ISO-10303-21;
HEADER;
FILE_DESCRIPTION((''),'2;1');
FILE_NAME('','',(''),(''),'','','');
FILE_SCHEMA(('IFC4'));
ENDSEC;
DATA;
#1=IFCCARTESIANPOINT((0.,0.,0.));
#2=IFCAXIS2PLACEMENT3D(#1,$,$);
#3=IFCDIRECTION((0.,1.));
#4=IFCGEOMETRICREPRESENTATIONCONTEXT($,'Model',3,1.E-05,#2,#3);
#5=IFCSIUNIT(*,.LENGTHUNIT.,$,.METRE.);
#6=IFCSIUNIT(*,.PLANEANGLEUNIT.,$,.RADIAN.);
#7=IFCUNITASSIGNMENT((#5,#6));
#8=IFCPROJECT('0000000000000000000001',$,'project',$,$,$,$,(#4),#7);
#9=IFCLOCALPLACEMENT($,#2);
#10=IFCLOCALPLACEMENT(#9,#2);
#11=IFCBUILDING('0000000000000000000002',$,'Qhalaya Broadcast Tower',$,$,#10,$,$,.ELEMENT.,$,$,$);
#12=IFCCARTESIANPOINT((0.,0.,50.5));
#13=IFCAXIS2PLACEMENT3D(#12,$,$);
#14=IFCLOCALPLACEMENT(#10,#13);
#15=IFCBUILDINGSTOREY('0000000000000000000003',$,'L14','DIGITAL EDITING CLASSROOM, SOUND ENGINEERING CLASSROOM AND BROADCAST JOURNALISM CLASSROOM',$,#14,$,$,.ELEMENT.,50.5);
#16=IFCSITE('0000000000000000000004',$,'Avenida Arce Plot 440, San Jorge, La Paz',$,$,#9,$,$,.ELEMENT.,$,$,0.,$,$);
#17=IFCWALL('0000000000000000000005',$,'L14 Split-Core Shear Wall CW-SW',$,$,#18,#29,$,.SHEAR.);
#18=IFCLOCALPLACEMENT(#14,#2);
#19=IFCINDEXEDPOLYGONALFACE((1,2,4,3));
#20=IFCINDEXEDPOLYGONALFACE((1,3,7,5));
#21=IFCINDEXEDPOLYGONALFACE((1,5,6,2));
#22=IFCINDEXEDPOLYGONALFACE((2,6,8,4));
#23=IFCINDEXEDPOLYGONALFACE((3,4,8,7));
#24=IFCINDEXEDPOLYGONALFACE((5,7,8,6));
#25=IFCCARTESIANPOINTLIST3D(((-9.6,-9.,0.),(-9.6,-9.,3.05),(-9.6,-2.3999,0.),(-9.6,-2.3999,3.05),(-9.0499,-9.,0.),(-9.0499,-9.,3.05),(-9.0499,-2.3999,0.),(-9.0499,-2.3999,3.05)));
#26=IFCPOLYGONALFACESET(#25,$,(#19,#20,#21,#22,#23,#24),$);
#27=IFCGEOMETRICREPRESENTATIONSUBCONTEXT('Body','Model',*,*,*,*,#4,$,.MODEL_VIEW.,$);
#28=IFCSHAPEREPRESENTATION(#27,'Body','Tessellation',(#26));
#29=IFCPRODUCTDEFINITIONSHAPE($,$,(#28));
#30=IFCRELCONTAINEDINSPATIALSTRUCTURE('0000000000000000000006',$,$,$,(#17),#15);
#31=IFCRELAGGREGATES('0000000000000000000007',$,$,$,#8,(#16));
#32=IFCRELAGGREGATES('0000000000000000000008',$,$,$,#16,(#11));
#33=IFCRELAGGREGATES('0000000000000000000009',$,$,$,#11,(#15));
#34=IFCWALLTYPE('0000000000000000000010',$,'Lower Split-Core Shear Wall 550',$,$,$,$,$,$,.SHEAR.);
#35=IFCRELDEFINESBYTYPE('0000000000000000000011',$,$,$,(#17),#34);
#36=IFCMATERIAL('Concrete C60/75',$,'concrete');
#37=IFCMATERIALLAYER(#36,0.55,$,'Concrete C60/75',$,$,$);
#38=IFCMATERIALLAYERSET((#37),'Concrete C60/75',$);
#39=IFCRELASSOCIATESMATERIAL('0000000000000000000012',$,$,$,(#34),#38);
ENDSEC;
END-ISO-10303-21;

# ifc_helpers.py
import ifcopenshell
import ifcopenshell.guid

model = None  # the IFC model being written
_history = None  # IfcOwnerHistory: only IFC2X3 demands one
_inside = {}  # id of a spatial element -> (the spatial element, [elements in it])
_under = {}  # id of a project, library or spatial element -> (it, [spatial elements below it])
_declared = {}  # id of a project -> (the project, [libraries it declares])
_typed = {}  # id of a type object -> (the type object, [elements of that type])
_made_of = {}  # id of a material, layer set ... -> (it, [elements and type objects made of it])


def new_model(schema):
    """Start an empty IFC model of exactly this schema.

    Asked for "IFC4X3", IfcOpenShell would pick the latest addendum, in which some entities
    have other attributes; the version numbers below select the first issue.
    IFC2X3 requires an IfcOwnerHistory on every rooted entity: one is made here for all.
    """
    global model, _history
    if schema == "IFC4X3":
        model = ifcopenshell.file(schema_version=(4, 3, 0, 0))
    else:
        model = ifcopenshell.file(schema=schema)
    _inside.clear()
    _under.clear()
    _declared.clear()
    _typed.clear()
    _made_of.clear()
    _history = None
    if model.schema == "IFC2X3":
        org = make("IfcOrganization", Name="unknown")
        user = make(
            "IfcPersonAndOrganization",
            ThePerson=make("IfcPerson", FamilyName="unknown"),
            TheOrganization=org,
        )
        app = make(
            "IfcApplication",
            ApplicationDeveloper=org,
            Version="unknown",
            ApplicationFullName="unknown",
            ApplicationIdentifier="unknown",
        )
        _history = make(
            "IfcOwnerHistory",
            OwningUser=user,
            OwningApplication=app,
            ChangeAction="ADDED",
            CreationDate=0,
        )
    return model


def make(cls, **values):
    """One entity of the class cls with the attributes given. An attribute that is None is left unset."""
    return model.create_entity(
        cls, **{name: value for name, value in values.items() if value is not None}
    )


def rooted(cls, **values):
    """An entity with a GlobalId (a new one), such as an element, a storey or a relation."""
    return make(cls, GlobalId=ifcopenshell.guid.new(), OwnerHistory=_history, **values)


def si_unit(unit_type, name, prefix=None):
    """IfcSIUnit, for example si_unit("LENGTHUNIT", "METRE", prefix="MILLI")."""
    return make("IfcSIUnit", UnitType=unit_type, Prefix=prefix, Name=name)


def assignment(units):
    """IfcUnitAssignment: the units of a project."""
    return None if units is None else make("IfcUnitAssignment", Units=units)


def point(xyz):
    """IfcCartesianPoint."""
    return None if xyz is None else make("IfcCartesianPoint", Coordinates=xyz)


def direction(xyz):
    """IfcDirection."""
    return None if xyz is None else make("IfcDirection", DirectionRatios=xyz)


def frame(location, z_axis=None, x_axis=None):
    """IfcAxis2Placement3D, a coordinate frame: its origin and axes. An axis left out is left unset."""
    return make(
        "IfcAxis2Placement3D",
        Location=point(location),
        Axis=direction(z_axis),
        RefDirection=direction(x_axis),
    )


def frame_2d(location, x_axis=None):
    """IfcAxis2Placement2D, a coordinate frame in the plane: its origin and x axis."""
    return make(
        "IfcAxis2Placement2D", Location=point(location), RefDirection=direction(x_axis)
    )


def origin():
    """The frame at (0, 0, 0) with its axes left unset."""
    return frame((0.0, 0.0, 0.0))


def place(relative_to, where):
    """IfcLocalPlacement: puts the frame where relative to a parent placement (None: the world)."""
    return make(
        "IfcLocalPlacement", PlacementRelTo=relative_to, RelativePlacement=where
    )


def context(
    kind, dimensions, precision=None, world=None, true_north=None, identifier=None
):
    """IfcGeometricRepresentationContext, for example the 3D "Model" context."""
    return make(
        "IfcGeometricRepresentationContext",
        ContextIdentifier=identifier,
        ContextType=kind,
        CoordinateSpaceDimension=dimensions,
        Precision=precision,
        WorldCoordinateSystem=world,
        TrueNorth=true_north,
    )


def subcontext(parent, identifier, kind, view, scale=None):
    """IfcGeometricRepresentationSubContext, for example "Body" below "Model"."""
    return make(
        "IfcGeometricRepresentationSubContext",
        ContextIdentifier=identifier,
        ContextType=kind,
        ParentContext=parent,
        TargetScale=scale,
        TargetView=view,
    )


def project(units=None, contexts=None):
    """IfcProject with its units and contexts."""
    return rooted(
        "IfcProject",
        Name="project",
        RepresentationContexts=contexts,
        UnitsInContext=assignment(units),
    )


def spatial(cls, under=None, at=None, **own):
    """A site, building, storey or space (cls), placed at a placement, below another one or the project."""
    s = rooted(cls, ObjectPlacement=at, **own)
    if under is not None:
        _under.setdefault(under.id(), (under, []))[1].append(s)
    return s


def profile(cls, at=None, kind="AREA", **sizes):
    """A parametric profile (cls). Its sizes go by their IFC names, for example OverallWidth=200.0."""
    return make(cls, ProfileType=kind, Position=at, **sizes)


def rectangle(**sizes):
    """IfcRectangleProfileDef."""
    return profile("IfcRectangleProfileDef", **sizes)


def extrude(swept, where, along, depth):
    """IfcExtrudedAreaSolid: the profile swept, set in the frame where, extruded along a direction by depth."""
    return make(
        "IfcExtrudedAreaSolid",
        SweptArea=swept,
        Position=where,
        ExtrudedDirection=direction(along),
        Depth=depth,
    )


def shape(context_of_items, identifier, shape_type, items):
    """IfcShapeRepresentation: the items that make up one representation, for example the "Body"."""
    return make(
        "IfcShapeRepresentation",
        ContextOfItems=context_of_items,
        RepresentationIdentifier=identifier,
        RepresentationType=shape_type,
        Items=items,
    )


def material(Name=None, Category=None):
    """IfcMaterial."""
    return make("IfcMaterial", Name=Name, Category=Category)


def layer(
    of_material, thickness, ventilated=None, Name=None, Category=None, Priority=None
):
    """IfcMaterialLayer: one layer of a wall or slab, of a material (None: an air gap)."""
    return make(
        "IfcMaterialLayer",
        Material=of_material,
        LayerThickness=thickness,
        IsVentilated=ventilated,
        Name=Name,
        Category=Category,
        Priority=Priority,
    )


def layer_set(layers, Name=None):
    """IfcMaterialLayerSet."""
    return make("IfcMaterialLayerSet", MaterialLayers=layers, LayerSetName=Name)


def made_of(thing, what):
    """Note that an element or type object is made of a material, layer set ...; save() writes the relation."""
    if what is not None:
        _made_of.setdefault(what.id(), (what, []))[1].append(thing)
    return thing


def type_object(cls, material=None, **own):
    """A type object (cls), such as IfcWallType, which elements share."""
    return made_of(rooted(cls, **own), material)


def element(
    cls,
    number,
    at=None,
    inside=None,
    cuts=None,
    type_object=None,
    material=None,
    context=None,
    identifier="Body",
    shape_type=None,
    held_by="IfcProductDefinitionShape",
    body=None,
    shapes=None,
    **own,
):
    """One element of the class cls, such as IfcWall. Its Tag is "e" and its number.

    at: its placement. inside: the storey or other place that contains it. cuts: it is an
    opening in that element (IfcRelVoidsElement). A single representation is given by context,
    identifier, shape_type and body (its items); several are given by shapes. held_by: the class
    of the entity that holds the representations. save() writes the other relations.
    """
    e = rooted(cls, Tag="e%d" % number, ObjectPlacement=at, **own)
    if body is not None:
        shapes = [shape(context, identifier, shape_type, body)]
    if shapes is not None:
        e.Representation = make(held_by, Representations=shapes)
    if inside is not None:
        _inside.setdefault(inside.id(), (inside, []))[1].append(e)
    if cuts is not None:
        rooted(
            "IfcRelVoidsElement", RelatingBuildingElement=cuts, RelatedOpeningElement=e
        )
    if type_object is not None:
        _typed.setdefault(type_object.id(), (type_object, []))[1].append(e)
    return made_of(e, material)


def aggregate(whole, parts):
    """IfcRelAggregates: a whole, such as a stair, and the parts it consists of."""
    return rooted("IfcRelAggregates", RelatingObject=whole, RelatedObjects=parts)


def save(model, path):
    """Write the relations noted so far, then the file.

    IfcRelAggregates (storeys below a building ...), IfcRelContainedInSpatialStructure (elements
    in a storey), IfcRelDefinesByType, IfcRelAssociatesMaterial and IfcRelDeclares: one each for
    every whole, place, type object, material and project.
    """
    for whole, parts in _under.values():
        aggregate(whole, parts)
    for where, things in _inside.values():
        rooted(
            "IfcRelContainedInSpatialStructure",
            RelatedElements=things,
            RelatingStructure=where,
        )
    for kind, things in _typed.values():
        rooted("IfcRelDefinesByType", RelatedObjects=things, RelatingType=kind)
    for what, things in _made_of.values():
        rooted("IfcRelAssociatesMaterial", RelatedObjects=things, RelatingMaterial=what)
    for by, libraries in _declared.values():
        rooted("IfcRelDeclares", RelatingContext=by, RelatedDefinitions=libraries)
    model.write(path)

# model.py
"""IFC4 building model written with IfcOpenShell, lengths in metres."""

from ifc_helpers import new_model, si_unit, direction, frame, frame_2d, origin, place, context, subcontext, project, spatial, rectangle, extrude, material, layer, layer_set, type_object, element, save


model = new_model("IFC4")

# Units and contexts
model_context = context("Model", 3, precision=1e-05, world=origin(), true_north=direction((0.0, 1.0)))
body_context = subcontext(model_context, "Body", "Model", "MODEL_VIEW")
ifc_project = project(units=[si_unit("LENGTHUNIT", "METRE"), si_unit("PLANEANGLEUNIT", "RADIAN")], contexts=[model_context])

# Site, building, storey
site_placement = place(None, origin())
site = spatial("IfcSite", under=ifc_project, at=site_placement, Name="Avenida Arce Plot 440, San Jorge, La Paz", CompositionType="ELEMENT", RefElevation=0.0)
building_placement = place(site_placement, origin())
building = spatial("IfcBuilding", under=site, at=building_placement, Name="Qhalaya Broadcast Tower", CompositionType="ELEMENT")
storey_placement = place(building_placement, frame((0.0, 0.0, 50.5)))
storey = spatial("IfcBuildingStorey", under=building, at=storey_placement, Name="L14", Description="DIGITAL EDITING CLASSROOM, SOUND ENGINEERING CLASSROOM AND BROADCAST JOURNALISM CLASSROOM", CompositionType="ELEMENT", Elevation=50.5)

# Wall
ifc_material_1 = material(Name="Concrete C60/75", Category="concrete")
ifc_layer_1 = layer(ifc_material_1, 0.55, Name="Concrete C60/75")
ifc_layer_set_1 = layer_set([ifc_layer_1], Name="Concrete C60/75")
wall_type_1 = type_object("IfcWallType", Name="Lower Split-Core Shear Wall 550", PredefinedType="SHEAR", material=ifc_layer_set_1)
wall_1_placement = place(storey_placement, frame((-9.325, -9.0, 0.0), z_axis=(0.0, 0.0, 1.0), x_axis=(0.0, 1.0, 0.0)))
element("IfcWall", 1, at=wall_1_placement, inside=storey, type_object=wall_type_1, Name="L14 Split-Core Shear Wall CW-SW", PredefinedType="SHEAR", context=body_context, shape_type="SweptSolid", body=[
    extrude(rectangle(XDim=6.6001, YDim=0.55, at=frame_2d((3.3, 0.0))), origin(), (0.0, 0.0, 1.0), 3.05),
])

save(model, "model.ifc")
